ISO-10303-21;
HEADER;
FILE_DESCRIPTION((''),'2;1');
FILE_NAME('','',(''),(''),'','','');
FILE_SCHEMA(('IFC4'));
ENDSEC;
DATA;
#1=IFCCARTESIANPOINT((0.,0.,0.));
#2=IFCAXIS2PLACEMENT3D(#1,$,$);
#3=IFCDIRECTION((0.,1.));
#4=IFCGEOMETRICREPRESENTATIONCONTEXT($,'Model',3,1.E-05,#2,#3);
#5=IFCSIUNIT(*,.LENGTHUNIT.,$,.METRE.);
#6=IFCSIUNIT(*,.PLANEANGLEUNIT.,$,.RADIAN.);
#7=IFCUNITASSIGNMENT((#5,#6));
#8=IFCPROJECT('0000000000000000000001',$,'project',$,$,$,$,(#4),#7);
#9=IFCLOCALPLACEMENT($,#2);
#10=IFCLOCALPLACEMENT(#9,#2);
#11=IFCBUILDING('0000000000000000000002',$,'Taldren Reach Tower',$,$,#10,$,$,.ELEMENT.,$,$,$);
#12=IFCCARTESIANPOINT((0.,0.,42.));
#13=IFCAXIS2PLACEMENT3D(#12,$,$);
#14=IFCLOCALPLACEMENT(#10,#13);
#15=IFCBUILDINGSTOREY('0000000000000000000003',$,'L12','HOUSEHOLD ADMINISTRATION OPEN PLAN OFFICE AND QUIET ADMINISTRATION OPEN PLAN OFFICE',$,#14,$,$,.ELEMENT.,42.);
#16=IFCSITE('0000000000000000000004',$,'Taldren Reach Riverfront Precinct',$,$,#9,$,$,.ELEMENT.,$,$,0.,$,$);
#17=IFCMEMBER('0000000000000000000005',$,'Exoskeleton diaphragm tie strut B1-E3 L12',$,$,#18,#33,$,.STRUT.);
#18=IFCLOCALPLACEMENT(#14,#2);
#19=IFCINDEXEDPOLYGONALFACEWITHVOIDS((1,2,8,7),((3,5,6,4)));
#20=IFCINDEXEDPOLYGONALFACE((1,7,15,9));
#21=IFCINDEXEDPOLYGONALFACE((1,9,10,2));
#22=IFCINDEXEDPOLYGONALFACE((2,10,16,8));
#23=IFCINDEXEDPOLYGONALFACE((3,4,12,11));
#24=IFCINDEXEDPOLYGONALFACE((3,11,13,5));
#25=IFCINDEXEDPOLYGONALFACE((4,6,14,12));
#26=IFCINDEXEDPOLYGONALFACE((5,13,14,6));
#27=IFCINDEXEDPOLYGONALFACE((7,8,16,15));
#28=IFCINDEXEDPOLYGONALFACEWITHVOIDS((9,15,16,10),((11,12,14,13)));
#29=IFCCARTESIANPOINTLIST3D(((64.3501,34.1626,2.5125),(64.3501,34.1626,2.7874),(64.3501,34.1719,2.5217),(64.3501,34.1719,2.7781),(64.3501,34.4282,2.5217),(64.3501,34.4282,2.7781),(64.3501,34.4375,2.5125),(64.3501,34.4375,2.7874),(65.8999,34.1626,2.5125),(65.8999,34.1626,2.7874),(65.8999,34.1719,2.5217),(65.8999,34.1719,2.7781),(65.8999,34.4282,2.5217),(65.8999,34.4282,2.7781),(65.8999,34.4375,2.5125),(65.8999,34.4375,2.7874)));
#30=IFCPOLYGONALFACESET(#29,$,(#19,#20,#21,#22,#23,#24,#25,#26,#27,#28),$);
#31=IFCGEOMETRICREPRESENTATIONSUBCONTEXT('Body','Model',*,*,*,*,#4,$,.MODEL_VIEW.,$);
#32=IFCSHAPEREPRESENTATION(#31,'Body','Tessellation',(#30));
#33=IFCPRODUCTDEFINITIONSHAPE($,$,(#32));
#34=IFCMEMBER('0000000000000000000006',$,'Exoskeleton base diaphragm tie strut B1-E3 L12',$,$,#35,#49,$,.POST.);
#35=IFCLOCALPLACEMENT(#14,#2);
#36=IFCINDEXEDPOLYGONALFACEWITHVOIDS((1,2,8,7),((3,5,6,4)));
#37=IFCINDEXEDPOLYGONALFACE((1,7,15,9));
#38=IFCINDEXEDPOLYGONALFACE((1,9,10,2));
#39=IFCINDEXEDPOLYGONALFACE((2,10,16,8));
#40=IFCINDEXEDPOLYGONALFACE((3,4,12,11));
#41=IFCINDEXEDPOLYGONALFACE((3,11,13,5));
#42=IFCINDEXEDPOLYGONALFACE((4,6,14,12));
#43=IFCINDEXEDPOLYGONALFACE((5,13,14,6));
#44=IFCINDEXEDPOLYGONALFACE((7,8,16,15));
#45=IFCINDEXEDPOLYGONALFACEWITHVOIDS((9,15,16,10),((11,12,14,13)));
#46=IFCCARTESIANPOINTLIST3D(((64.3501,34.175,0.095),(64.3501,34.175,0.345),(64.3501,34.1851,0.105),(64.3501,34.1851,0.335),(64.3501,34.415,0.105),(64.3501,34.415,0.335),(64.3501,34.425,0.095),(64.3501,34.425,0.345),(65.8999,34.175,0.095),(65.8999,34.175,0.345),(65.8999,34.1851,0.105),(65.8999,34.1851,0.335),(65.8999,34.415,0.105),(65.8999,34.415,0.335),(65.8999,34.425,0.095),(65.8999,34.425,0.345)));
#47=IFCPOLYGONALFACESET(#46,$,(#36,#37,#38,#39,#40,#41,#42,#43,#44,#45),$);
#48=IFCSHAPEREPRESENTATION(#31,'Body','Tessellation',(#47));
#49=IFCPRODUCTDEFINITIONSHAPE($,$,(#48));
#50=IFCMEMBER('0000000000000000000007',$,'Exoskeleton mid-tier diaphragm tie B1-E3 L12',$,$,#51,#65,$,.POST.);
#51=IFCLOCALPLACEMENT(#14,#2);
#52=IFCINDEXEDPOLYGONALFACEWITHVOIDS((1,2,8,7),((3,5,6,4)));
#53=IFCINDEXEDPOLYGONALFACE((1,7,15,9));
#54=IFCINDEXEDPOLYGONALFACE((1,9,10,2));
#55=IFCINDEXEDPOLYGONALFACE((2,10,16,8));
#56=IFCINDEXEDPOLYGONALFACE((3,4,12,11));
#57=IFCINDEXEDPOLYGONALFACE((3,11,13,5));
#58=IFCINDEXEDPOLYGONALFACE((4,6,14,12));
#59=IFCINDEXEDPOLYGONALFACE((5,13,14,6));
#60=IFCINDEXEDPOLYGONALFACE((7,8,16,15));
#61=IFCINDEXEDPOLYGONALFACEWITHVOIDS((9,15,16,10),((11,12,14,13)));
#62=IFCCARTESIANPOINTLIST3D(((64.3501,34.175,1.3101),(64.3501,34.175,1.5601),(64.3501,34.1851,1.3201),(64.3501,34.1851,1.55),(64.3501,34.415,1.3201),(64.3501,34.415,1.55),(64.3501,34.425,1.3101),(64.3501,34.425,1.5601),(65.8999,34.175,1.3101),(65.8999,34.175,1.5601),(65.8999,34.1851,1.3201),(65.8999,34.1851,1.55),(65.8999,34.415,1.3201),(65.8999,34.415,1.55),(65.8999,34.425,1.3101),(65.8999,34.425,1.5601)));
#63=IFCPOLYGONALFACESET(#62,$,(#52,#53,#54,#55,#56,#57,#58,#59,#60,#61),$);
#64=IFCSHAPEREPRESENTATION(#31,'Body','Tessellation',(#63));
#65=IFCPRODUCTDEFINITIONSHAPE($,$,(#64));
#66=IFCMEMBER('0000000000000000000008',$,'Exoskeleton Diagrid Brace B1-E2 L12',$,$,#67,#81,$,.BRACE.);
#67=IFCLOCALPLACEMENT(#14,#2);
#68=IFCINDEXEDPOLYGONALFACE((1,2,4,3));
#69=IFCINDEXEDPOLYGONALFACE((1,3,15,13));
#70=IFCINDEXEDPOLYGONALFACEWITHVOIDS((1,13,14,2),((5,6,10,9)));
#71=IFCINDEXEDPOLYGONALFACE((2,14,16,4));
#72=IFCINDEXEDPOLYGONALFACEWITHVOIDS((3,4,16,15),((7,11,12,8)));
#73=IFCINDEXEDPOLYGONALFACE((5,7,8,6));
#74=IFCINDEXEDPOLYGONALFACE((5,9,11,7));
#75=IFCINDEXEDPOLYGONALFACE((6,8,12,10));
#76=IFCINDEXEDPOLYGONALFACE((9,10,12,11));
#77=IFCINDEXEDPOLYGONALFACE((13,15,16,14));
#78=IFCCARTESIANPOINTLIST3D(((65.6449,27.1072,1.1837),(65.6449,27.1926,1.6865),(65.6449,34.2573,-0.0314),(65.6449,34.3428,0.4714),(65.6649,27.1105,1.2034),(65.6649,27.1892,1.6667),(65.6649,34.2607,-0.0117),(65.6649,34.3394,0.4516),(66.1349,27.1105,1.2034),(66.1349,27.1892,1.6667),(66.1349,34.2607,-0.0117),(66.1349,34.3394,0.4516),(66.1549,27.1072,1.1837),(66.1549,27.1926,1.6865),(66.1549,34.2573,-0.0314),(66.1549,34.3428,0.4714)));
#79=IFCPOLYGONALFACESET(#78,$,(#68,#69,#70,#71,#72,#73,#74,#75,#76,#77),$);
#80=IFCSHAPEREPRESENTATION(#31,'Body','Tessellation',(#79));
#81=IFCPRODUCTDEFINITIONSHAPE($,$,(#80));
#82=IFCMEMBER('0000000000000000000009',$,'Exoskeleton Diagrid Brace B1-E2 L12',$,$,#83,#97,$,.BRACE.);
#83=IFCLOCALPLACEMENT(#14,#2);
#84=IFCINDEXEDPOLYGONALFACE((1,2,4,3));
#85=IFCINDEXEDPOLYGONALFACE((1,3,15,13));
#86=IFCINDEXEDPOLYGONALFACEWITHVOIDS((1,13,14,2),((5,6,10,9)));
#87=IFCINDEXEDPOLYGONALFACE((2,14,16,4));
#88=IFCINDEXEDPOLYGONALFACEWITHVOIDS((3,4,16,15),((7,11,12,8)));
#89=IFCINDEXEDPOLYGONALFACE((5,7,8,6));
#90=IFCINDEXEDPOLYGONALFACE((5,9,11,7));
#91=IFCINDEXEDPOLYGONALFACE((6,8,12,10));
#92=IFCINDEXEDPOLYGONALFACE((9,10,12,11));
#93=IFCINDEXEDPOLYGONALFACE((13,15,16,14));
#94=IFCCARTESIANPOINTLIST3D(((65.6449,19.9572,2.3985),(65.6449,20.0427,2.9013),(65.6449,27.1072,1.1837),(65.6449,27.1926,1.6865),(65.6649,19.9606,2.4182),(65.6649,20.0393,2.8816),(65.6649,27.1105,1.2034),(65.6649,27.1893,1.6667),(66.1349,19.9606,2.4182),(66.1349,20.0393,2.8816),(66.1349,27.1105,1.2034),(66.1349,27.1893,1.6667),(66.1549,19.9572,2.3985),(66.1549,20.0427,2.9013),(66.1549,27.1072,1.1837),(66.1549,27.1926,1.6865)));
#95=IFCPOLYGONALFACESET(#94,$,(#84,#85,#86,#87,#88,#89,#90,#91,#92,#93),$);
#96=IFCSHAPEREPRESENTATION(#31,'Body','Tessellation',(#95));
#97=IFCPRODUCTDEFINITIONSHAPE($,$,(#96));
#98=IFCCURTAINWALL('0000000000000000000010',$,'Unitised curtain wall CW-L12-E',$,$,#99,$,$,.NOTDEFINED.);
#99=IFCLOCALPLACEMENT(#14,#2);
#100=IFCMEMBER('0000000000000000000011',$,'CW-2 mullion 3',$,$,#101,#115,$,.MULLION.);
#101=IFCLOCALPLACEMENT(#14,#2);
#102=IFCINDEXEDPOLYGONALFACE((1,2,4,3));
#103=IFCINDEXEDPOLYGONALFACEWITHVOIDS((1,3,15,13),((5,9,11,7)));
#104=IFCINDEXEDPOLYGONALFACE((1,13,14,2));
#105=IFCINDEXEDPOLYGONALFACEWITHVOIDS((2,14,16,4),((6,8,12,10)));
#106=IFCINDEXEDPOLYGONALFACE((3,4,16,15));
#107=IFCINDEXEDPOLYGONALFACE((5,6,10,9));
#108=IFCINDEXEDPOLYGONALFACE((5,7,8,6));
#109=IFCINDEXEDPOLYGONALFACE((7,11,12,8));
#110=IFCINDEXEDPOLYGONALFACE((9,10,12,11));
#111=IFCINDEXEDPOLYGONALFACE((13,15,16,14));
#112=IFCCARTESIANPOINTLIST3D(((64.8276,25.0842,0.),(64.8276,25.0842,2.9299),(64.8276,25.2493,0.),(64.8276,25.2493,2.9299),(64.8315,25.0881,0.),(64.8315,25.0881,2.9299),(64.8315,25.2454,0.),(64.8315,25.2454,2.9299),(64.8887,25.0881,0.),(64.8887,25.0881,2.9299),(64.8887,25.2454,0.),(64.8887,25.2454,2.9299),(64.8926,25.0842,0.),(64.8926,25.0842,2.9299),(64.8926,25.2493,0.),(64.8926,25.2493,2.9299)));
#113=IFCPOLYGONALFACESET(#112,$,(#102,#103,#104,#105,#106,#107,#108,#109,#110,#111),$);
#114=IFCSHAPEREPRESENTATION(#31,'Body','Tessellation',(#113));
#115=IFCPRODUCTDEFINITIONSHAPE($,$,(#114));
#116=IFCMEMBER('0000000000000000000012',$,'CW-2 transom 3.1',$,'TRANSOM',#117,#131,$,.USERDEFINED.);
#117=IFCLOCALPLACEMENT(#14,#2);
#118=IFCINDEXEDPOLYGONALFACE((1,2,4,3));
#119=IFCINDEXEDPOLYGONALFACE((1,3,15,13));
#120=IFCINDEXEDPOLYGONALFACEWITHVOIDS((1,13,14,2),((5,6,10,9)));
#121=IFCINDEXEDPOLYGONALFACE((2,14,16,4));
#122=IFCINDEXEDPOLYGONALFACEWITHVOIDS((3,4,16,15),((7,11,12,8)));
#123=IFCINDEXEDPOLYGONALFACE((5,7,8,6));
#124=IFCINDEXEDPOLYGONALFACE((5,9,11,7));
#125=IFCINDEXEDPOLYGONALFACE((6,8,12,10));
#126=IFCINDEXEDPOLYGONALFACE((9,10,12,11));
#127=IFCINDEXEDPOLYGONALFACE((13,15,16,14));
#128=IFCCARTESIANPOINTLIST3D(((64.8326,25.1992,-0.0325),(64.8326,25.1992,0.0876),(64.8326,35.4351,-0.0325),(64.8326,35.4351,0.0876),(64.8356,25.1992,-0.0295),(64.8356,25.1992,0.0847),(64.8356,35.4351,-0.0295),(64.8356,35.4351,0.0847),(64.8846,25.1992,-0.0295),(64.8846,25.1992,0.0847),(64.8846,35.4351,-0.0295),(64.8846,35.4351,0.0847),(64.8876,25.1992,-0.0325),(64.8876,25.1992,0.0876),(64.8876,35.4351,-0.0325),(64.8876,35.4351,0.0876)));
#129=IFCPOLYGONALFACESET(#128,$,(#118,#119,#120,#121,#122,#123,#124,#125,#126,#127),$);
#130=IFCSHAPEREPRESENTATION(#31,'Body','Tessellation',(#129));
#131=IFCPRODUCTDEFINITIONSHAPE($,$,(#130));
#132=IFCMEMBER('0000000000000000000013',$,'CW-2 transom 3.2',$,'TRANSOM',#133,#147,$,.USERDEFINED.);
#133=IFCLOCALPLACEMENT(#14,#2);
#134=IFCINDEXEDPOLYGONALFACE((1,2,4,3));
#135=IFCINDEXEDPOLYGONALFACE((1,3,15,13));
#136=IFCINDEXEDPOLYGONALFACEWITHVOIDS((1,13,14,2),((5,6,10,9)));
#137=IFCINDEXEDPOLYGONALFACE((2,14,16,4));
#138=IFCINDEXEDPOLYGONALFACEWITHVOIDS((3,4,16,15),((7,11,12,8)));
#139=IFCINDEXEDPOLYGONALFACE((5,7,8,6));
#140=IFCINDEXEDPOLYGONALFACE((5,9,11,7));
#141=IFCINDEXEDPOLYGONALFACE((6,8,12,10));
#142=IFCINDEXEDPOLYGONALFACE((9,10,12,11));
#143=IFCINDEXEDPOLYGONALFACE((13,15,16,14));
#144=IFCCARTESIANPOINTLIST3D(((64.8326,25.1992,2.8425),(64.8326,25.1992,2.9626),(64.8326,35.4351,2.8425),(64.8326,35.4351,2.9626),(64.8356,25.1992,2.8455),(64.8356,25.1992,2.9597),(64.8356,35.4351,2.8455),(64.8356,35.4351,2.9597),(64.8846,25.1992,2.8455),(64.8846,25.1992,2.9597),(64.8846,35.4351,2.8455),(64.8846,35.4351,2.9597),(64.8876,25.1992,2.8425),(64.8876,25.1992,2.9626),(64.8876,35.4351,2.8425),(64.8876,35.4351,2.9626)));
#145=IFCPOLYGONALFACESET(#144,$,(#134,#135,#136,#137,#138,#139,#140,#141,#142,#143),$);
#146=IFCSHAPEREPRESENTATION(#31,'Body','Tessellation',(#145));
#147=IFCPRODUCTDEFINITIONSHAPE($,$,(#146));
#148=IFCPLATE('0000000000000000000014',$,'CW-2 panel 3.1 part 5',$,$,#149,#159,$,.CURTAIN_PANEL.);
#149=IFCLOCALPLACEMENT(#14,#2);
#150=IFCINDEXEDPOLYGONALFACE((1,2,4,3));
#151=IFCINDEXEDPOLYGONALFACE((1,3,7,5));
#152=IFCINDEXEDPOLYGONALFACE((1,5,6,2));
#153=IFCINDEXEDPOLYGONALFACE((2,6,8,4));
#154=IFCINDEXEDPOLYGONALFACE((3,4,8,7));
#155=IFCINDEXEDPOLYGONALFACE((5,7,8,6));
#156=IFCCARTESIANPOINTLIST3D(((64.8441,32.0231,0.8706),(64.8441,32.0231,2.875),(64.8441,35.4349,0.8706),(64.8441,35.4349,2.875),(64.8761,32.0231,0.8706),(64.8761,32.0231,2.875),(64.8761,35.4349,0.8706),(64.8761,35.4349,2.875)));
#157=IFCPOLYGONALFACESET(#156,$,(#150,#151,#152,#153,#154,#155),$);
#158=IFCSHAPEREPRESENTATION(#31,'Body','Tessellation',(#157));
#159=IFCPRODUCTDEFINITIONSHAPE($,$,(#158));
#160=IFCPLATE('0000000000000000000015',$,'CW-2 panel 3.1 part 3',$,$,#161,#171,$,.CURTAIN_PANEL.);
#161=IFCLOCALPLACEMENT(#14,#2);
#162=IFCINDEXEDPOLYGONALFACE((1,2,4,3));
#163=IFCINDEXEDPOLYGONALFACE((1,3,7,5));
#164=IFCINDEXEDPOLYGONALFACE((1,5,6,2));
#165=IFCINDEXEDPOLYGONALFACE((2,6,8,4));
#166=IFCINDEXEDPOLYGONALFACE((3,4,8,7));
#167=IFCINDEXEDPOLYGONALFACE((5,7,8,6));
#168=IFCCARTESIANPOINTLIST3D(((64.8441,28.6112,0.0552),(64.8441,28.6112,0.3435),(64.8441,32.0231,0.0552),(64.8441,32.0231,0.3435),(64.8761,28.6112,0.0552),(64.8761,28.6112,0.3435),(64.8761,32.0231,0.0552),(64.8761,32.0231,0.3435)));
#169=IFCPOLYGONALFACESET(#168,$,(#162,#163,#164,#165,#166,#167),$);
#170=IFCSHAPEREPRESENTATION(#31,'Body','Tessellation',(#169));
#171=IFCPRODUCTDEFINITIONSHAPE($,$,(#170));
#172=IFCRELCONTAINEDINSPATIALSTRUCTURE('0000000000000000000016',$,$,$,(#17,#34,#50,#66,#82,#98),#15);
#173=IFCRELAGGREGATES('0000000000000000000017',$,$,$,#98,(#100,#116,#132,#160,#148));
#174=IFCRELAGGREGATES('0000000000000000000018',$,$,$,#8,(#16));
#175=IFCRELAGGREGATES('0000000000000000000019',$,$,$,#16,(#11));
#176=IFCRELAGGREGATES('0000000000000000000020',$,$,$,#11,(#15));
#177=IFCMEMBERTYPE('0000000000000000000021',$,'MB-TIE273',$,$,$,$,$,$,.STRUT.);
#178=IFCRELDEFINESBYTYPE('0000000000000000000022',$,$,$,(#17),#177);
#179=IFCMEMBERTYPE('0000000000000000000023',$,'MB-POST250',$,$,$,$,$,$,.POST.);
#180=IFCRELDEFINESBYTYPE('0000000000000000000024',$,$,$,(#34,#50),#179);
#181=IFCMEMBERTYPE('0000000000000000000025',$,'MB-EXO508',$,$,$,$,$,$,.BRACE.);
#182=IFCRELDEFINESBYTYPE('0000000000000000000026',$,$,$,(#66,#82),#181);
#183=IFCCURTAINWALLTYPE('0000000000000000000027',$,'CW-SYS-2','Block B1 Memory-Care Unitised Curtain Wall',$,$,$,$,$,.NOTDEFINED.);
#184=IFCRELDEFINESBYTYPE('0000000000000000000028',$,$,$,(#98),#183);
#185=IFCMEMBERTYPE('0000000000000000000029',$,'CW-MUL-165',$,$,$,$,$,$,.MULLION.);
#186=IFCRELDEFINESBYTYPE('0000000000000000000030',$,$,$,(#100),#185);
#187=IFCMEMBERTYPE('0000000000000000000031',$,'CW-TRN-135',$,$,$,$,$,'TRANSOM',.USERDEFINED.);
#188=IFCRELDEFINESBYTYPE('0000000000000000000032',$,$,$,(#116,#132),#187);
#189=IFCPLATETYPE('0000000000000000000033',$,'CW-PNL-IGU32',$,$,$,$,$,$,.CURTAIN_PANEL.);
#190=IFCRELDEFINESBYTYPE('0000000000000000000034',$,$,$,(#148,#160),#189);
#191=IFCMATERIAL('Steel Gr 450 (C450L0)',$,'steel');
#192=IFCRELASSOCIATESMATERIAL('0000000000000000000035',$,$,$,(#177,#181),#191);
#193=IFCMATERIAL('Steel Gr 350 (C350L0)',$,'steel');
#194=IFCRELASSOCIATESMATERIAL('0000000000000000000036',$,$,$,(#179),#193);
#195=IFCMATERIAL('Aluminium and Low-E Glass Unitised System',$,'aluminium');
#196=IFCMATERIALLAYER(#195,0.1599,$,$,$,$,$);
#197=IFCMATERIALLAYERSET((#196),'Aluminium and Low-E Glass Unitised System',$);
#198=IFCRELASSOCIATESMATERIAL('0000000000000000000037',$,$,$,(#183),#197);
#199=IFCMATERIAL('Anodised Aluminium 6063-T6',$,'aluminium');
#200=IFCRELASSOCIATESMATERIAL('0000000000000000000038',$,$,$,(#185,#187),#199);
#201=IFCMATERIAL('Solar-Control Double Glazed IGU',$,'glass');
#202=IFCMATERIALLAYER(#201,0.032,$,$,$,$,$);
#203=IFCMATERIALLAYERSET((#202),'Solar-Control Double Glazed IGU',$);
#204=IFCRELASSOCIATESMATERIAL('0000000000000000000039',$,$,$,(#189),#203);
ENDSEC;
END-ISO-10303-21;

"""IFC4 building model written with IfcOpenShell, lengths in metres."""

from ifc_helpers import new_model, si_unit, direction, frame, origin, origin_2d, place, context, subcontext, project, spatial, rectangle, hollow_rectangle, extrude, source, transform, mapped, material, layer, layer_set, material_profile, profile_set, type_object, element, aggregate, save


model = new_model("IFC4")

# Units and contexts
model_context = context("Model", 3, precision=1e-05, world=origin(), true_north=direction((0.0, 1.0)))
body_context = subcontext(model_context, "Body", "Model", "MODEL_VIEW")
ifc_project = project(units=[si_unit("LENGTHUNIT", "METRE"), si_unit("PLANEANGLEUNIT", "RADIAN")], contexts=[model_context])

# Site, building, storey
site_placement = place(None, origin())
site = spatial("IfcSite", under=ifc_project, at=site_placement, Name="Taldren Reach Riverfront Precinct", CompositionType="ELEMENT", RefElevation=0.0)
building_placement = place(site_placement, origin())
building = spatial("IfcBuilding", under=site, at=building_placement, Name="Taldren Reach Tower", CompositionType="ELEMENT")
storey_placement = place(building_placement, frame((0.0, 0.0, 42.0)))
storey = spatial("IfcBuildingStorey", under=building, at=storey_placement, Name="L12", Description="HOUSEHOLD ADMINISTRATION OPEN PLAN OFFICE AND QUIET ADMINISTRATION OPEN PLAN OFFICE", CompositionType="ELEMENT", Elevation=42.0)

# Members
ifc_material_1 = material(Name="Steel Gr 450 (C450L0)", Category="steel")
ifc_material_profile_1 = material_profile(ifc_material_1, hollow_rectangle(XDim=0.2749, YDim=0.2749, WallThickness=0.0093, at=origin_2d()), Name="275x275x9.3SHS")
ifc_profile_set_1 = profile_set([ifc_material_profile_1], Name="Steel Gr 450 (C450L0)")
member_type_1 = type_object("IfcMemberType", Name="MB-TIE273", PredefinedType="STRUT", material=ifc_profile_set_1)
shared_shape_1 = source(origin(), body_context, "Body", "SweptSolid", [
    extrude(hollow_rectangle(XDim=0.2749, YDim=0.2749, WallThickness=0.0093, at=origin_2d()), origin(), (0.0, 0.0, 1.0), 1.5498),
])
member_1_placement = place(storey_placement, frame((64.3501, 34.3, 2.6499), z_axis=(1.0, 0.0, 0.0), x_axis=(0.0, 1.0, 0.0)))
element("IfcMember", 1, at=member_1_placement, inside=storey, type_object=member_type_1, Name="Exoskeleton diaphragm tie strut B1-E3 L12", PredefinedType="STRUT", context=body_context, shape_type="MappedRepresentation", body=[
    mapped(shared_shape_1, transform((0.0, 0.0, 0.0), scale=1.0)),
])
ifc_material_2 = material(Name="Steel Gr 350 (C350L0)", Category="steel")
ifc_material_profile_2 = material_profile(ifc_material_2, hollow_rectangle(XDim=0.25, YDim=0.25, WallThickness=0.01, at=origin_2d()), Name="250x250x10.0SHS")
ifc_profile_set_2 = profile_set([ifc_material_profile_2], Name="Steel Gr 350 (C350L0)")
member_type_2 = type_object("IfcMemberType", Name="MB-POST250", PredefinedType="POST", material=ifc_profile_set_2)
shared_shape_2 = source(origin(), body_context, "Body", "SweptSolid", [
    extrude(hollow_rectangle(XDim=0.25, YDim=0.25, WallThickness=0.01, at=origin_2d()), origin(), (0.0, 0.0, 1.0), 1.5498),
])
for number, where, z_axis, x_axis, name in (
    (2, (64.3501, 34.3, 0.22), (1.0, 0.0, 0.0), (0.0, 1.0, 0.0), "Exoskeleton base diaphragm tie strut B1-E3 L12"),
    (3, (64.3501, 34.3, 1.4351), (1.0, 0.0, 0.0), (0.0, 1.0, 0.0), "Exoskeleton mid-tier diaphragm tie B1-E3 L12"),
):
    element("IfcMember", number, at=place(storey_placement, frame(where, z_axis=z_axis, x_axis=x_axis)), inside=storey, type_object=member_type_2, Name=name, PredefinedType="POST", context=body_context, shape_type="MappedRepresentation", body=[
        mapped(shared_shape_2, transform((0.0, 0.0, 0.0), scale=1.0)),
    ])
ifc_material_profile_3 = material_profile(ifc_material_1, hollow_rectangle(XDim=0.51, YDim=0.51, WallThickness=0.02, at=origin_2d()), Name="510x510x20.0SHS")
ifc_profile_set_3 = profile_set([ifc_material_profile_3], Name="Steel Gr 450 (C450L0)")
member_type_3 = type_object("IfcMemberType", Name="MB-EXO508", PredefinedType="BRACE", material=ifc_profile_set_3)
shared_shape_3 = source(origin(), body_context, "Body", "SweptSolid", [
    extrude(hollow_rectangle(XDim=0.51, YDim=0.51, WallThickness=0.02, at=origin_2d()), origin(), (0.0, 0.0, 1.0), 7.2527),
])
member_2_placement = place(storey_placement, frame((65.8999, 34.3, 0.22), z_axis=(0.0, -0.985866, 0.167537), x_axis=(1.0, 0.0, 0.0)))
element("IfcMember", 4, at=member_2_placement, inside=storey, type_object=member_type_3, Name="Exoskeleton Diagrid Brace B1-E2 L12", PredefinedType="BRACE", context=body_context, shape_type="MappedRepresentation", body=[
    mapped(shared_shape_3, transform((0.0, 0.0, 0.0), scale=1.0)),
])
shared_shape_4 = source(origin(), body_context, "Body", "SweptSolid", [
    extrude(hollow_rectangle(XDim=0.51, YDim=0.51, WallThickness=0.02, at=origin_2d()), origin(), (0.0, 0.0, 1.0), 7.2524),
])
member_3_placement = place(storey_placement, frame((65.8999, 27.1499, 1.4351), z_axis=(0.0, -0.98587, 0.16751), x_axis=(1.0, 0.0, 0.0)))
element("IfcMember", 5, at=member_3_placement, inside=storey, type_object=member_type_3, Name="Exoskeleton Diagrid Brace B1-E2 L12", PredefinedType="BRACE", context=body_context, shape_type="MappedRepresentation", body=[
    mapped(shared_shape_4, transform((0.0, 0.0, 0.0), scale=1.0)),
])

# Curtain wall, members, plates
ifc_material_3 = material(Name="Aluminium and Low-E Glass Unitised System", Category="aluminium")
ifc_layer_1 = layer(ifc_material_3, 0.1599)
ifc_layer_set_1 = layer_set([ifc_layer_1], Name="Aluminium and Low-E Glass Unitised System")
curtain_wall_type = type_object("IfcCurtainWallType", Name="CW-SYS-2", Description="Block B1 Memory-Care Unitised Curtain Wall", PredefinedType="NOTDEFINED", material=ifc_layer_set_1)
curtain_wall_placement = place(storey_placement, origin())
curtain_wall = element("IfcCurtainWall", 6, at=curtain_wall_placement, inside=storey, type_object=curtain_wall_type, Name="Unitised curtain wall CW-L12-E", PredefinedType="NOTDEFINED")
ifc_material_4 = material(Name="Anodised Aluminium 6063-T6", Category="aluminium")
ifc_material_profile_4 = material_profile(ifc_material_4, hollow_rectangle(XDim=0.0649, YDim=0.165, WallThickness=0.0039, at=origin_2d()), Name="ALU-165x65x4RHS")
ifc_profile_set_4 = profile_set([ifc_material_profile_4], Name="Anodised Aluminium 6063-T6")
member_type_4 = type_object("IfcMemberType", Name="CW-MUL-165", PredefinedType="MULLION", material=ifc_profile_set_4)
shared_shape_5 = source(origin(), body_context, "Body", "SweptSolid", [
    extrude(hollow_rectangle(XDim=0.0649, YDim=0.165, WallThickness=0.0039, at=origin_2d()), origin(), (0.0, 0.0, 1.0), 2.9299),
])
member_4_placement = place(storey_placement, frame((64.8601, 25.1667, 0.0), z_axis=(0.0, 0.0, 1.0), x_axis=(-1.0, 0.0, 0.0)))
member_4 = element("IfcMember", 7, at=member_4_placement, type_object=member_type_4, Name="CW-2 mullion 3", PredefinedType="MULLION", context=body_context, shape_type="MappedRepresentation", body=[
    mapped(shared_shape_5, transform((0.0, 0.0, 0.0), scale=1.0)),
])
ifc_material_profile_5 = material_profile(ifc_material_4, hollow_rectangle(XDim=0.0549, YDim=0.1201, WallThickness=0.0029, at=origin_2d()), Name="ALU-120x55x3RHS")
ifc_profile_set_5 = profile_set([ifc_material_profile_5], Name="Anodised Aluminium 6063-T6")
member_type_5 = type_object("IfcMemberType", Name="CW-TRN-135", ElementType="TRANSOM", PredefinedType="USERDEFINED", material=ifc_profile_set_5)
shared_shape_6 = source(origin(), body_context, "Body", "SweptSolid", [
    extrude(hollow_rectangle(XDim=0.0549, YDim=0.1201, WallThickness=0.0029, at=origin_2d()), origin(), (0.0, 0.0, 1.0), 10.2358),
])
member_5_placement = place(storey_placement, frame((64.8601, 25.1992, 0.0276), z_axis=(0.0, 1.0, 0.0), x_axis=(-1.0, 0.0, 0.0)))
member_5 = element("IfcMember", 8, at=member_5_placement, type_object=member_type_5, Name="CW-2 transom 3.1", ObjectType="TRANSOM", PredefinedType="USERDEFINED", context=body_context, shape_type="MappedRepresentation", body=[
    mapped(shared_shape_6, transform((0.0, 0.0, 0.0), scale=1.0)),
])
member_6_placement = place(storey_placement, frame((64.8601, 25.1992, 2.9026), z_axis=(0.0, 1.0, 0.0), x_axis=(-1.0, 0.0, 0.0)))
member_6 = element("IfcMember", 9, at=member_6_placement, type_object=member_type_5, Name="CW-2 transom 3.2", ObjectType="TRANSOM", PredefinedType="USERDEFINED", context=body_context, shape_type="MappedRepresentation", body=[
    mapped(shared_shape_6, transform((0.0, 0.0, 0.0), scale=1.0)),
])
ifc_material_5 = material(Name="Solar-Control Double Glazed IGU", Category="glass")
ifc_layer_2 = layer(ifc_material_5, 0.032)
ifc_layer_set_2 = layer_set([ifc_layer_2], Name="Solar-Control Double Glazed IGU")
plate_type = type_object("IfcPlateType", Name="CW-PNL-IGU32", PredefinedType="CURTAIN_PANEL", material=ifc_layer_set_2)
shared_shape_7 = source(origin(), body_context, "Body", "SweptSolid", [
    extrude(rectangle(XDim=3.4119, YDim=0.032, at=origin_2d()), origin(), (0.0, 0.0, 1.0), 2.0044),
])
plate_1_placement = place(storey_placement, frame((64.8601, 33.729, 0.8706), z_axis=(0.0, 0.0, 1.0), x_axis=(0.0, 1.0, 0.0)))
plate_1 = element("IfcPlate", 10, at=plate_1_placement, type_object=plate_type, Name="CW-2 panel 3.1 part 5", PredefinedType="CURTAIN_PANEL", context=body_context, shape_type="MappedRepresentation", body=[
    mapped(shared_shape_7, transform((0.0, 0.0, 0.0), scale=1.0)),
])
shared_shape_8 = source(origin(), body_context, "Body", "SweptSolid", [
    extrude(rectangle(XDim=3.4119, YDim=0.032, at=origin_2d()), origin(), (0.0, 0.0, 1.0), 0.2883),
])
plate_2_placement = place(storey_placement, frame((64.8601, 30.3171, 0.0552), z_axis=(0.0, 0.0, 1.0), x_axis=(0.0, 1.0, 0.0)))
plate_2 = element("IfcPlate", 11, at=plate_2_placement, type_object=plate_type, Name="CW-2 panel 3.1 part 3", PredefinedType="CURTAIN_PANEL", context=body_context, shape_type="MappedRepresentation", body=[
    mapped(shared_shape_8, transform((0.0, 0.0, 0.0), scale=1.0)),
])
aggregate(curtain_wall, [member_4, member_5, member_6, plate_2, plate_1])

save(model, "model.ifc")
